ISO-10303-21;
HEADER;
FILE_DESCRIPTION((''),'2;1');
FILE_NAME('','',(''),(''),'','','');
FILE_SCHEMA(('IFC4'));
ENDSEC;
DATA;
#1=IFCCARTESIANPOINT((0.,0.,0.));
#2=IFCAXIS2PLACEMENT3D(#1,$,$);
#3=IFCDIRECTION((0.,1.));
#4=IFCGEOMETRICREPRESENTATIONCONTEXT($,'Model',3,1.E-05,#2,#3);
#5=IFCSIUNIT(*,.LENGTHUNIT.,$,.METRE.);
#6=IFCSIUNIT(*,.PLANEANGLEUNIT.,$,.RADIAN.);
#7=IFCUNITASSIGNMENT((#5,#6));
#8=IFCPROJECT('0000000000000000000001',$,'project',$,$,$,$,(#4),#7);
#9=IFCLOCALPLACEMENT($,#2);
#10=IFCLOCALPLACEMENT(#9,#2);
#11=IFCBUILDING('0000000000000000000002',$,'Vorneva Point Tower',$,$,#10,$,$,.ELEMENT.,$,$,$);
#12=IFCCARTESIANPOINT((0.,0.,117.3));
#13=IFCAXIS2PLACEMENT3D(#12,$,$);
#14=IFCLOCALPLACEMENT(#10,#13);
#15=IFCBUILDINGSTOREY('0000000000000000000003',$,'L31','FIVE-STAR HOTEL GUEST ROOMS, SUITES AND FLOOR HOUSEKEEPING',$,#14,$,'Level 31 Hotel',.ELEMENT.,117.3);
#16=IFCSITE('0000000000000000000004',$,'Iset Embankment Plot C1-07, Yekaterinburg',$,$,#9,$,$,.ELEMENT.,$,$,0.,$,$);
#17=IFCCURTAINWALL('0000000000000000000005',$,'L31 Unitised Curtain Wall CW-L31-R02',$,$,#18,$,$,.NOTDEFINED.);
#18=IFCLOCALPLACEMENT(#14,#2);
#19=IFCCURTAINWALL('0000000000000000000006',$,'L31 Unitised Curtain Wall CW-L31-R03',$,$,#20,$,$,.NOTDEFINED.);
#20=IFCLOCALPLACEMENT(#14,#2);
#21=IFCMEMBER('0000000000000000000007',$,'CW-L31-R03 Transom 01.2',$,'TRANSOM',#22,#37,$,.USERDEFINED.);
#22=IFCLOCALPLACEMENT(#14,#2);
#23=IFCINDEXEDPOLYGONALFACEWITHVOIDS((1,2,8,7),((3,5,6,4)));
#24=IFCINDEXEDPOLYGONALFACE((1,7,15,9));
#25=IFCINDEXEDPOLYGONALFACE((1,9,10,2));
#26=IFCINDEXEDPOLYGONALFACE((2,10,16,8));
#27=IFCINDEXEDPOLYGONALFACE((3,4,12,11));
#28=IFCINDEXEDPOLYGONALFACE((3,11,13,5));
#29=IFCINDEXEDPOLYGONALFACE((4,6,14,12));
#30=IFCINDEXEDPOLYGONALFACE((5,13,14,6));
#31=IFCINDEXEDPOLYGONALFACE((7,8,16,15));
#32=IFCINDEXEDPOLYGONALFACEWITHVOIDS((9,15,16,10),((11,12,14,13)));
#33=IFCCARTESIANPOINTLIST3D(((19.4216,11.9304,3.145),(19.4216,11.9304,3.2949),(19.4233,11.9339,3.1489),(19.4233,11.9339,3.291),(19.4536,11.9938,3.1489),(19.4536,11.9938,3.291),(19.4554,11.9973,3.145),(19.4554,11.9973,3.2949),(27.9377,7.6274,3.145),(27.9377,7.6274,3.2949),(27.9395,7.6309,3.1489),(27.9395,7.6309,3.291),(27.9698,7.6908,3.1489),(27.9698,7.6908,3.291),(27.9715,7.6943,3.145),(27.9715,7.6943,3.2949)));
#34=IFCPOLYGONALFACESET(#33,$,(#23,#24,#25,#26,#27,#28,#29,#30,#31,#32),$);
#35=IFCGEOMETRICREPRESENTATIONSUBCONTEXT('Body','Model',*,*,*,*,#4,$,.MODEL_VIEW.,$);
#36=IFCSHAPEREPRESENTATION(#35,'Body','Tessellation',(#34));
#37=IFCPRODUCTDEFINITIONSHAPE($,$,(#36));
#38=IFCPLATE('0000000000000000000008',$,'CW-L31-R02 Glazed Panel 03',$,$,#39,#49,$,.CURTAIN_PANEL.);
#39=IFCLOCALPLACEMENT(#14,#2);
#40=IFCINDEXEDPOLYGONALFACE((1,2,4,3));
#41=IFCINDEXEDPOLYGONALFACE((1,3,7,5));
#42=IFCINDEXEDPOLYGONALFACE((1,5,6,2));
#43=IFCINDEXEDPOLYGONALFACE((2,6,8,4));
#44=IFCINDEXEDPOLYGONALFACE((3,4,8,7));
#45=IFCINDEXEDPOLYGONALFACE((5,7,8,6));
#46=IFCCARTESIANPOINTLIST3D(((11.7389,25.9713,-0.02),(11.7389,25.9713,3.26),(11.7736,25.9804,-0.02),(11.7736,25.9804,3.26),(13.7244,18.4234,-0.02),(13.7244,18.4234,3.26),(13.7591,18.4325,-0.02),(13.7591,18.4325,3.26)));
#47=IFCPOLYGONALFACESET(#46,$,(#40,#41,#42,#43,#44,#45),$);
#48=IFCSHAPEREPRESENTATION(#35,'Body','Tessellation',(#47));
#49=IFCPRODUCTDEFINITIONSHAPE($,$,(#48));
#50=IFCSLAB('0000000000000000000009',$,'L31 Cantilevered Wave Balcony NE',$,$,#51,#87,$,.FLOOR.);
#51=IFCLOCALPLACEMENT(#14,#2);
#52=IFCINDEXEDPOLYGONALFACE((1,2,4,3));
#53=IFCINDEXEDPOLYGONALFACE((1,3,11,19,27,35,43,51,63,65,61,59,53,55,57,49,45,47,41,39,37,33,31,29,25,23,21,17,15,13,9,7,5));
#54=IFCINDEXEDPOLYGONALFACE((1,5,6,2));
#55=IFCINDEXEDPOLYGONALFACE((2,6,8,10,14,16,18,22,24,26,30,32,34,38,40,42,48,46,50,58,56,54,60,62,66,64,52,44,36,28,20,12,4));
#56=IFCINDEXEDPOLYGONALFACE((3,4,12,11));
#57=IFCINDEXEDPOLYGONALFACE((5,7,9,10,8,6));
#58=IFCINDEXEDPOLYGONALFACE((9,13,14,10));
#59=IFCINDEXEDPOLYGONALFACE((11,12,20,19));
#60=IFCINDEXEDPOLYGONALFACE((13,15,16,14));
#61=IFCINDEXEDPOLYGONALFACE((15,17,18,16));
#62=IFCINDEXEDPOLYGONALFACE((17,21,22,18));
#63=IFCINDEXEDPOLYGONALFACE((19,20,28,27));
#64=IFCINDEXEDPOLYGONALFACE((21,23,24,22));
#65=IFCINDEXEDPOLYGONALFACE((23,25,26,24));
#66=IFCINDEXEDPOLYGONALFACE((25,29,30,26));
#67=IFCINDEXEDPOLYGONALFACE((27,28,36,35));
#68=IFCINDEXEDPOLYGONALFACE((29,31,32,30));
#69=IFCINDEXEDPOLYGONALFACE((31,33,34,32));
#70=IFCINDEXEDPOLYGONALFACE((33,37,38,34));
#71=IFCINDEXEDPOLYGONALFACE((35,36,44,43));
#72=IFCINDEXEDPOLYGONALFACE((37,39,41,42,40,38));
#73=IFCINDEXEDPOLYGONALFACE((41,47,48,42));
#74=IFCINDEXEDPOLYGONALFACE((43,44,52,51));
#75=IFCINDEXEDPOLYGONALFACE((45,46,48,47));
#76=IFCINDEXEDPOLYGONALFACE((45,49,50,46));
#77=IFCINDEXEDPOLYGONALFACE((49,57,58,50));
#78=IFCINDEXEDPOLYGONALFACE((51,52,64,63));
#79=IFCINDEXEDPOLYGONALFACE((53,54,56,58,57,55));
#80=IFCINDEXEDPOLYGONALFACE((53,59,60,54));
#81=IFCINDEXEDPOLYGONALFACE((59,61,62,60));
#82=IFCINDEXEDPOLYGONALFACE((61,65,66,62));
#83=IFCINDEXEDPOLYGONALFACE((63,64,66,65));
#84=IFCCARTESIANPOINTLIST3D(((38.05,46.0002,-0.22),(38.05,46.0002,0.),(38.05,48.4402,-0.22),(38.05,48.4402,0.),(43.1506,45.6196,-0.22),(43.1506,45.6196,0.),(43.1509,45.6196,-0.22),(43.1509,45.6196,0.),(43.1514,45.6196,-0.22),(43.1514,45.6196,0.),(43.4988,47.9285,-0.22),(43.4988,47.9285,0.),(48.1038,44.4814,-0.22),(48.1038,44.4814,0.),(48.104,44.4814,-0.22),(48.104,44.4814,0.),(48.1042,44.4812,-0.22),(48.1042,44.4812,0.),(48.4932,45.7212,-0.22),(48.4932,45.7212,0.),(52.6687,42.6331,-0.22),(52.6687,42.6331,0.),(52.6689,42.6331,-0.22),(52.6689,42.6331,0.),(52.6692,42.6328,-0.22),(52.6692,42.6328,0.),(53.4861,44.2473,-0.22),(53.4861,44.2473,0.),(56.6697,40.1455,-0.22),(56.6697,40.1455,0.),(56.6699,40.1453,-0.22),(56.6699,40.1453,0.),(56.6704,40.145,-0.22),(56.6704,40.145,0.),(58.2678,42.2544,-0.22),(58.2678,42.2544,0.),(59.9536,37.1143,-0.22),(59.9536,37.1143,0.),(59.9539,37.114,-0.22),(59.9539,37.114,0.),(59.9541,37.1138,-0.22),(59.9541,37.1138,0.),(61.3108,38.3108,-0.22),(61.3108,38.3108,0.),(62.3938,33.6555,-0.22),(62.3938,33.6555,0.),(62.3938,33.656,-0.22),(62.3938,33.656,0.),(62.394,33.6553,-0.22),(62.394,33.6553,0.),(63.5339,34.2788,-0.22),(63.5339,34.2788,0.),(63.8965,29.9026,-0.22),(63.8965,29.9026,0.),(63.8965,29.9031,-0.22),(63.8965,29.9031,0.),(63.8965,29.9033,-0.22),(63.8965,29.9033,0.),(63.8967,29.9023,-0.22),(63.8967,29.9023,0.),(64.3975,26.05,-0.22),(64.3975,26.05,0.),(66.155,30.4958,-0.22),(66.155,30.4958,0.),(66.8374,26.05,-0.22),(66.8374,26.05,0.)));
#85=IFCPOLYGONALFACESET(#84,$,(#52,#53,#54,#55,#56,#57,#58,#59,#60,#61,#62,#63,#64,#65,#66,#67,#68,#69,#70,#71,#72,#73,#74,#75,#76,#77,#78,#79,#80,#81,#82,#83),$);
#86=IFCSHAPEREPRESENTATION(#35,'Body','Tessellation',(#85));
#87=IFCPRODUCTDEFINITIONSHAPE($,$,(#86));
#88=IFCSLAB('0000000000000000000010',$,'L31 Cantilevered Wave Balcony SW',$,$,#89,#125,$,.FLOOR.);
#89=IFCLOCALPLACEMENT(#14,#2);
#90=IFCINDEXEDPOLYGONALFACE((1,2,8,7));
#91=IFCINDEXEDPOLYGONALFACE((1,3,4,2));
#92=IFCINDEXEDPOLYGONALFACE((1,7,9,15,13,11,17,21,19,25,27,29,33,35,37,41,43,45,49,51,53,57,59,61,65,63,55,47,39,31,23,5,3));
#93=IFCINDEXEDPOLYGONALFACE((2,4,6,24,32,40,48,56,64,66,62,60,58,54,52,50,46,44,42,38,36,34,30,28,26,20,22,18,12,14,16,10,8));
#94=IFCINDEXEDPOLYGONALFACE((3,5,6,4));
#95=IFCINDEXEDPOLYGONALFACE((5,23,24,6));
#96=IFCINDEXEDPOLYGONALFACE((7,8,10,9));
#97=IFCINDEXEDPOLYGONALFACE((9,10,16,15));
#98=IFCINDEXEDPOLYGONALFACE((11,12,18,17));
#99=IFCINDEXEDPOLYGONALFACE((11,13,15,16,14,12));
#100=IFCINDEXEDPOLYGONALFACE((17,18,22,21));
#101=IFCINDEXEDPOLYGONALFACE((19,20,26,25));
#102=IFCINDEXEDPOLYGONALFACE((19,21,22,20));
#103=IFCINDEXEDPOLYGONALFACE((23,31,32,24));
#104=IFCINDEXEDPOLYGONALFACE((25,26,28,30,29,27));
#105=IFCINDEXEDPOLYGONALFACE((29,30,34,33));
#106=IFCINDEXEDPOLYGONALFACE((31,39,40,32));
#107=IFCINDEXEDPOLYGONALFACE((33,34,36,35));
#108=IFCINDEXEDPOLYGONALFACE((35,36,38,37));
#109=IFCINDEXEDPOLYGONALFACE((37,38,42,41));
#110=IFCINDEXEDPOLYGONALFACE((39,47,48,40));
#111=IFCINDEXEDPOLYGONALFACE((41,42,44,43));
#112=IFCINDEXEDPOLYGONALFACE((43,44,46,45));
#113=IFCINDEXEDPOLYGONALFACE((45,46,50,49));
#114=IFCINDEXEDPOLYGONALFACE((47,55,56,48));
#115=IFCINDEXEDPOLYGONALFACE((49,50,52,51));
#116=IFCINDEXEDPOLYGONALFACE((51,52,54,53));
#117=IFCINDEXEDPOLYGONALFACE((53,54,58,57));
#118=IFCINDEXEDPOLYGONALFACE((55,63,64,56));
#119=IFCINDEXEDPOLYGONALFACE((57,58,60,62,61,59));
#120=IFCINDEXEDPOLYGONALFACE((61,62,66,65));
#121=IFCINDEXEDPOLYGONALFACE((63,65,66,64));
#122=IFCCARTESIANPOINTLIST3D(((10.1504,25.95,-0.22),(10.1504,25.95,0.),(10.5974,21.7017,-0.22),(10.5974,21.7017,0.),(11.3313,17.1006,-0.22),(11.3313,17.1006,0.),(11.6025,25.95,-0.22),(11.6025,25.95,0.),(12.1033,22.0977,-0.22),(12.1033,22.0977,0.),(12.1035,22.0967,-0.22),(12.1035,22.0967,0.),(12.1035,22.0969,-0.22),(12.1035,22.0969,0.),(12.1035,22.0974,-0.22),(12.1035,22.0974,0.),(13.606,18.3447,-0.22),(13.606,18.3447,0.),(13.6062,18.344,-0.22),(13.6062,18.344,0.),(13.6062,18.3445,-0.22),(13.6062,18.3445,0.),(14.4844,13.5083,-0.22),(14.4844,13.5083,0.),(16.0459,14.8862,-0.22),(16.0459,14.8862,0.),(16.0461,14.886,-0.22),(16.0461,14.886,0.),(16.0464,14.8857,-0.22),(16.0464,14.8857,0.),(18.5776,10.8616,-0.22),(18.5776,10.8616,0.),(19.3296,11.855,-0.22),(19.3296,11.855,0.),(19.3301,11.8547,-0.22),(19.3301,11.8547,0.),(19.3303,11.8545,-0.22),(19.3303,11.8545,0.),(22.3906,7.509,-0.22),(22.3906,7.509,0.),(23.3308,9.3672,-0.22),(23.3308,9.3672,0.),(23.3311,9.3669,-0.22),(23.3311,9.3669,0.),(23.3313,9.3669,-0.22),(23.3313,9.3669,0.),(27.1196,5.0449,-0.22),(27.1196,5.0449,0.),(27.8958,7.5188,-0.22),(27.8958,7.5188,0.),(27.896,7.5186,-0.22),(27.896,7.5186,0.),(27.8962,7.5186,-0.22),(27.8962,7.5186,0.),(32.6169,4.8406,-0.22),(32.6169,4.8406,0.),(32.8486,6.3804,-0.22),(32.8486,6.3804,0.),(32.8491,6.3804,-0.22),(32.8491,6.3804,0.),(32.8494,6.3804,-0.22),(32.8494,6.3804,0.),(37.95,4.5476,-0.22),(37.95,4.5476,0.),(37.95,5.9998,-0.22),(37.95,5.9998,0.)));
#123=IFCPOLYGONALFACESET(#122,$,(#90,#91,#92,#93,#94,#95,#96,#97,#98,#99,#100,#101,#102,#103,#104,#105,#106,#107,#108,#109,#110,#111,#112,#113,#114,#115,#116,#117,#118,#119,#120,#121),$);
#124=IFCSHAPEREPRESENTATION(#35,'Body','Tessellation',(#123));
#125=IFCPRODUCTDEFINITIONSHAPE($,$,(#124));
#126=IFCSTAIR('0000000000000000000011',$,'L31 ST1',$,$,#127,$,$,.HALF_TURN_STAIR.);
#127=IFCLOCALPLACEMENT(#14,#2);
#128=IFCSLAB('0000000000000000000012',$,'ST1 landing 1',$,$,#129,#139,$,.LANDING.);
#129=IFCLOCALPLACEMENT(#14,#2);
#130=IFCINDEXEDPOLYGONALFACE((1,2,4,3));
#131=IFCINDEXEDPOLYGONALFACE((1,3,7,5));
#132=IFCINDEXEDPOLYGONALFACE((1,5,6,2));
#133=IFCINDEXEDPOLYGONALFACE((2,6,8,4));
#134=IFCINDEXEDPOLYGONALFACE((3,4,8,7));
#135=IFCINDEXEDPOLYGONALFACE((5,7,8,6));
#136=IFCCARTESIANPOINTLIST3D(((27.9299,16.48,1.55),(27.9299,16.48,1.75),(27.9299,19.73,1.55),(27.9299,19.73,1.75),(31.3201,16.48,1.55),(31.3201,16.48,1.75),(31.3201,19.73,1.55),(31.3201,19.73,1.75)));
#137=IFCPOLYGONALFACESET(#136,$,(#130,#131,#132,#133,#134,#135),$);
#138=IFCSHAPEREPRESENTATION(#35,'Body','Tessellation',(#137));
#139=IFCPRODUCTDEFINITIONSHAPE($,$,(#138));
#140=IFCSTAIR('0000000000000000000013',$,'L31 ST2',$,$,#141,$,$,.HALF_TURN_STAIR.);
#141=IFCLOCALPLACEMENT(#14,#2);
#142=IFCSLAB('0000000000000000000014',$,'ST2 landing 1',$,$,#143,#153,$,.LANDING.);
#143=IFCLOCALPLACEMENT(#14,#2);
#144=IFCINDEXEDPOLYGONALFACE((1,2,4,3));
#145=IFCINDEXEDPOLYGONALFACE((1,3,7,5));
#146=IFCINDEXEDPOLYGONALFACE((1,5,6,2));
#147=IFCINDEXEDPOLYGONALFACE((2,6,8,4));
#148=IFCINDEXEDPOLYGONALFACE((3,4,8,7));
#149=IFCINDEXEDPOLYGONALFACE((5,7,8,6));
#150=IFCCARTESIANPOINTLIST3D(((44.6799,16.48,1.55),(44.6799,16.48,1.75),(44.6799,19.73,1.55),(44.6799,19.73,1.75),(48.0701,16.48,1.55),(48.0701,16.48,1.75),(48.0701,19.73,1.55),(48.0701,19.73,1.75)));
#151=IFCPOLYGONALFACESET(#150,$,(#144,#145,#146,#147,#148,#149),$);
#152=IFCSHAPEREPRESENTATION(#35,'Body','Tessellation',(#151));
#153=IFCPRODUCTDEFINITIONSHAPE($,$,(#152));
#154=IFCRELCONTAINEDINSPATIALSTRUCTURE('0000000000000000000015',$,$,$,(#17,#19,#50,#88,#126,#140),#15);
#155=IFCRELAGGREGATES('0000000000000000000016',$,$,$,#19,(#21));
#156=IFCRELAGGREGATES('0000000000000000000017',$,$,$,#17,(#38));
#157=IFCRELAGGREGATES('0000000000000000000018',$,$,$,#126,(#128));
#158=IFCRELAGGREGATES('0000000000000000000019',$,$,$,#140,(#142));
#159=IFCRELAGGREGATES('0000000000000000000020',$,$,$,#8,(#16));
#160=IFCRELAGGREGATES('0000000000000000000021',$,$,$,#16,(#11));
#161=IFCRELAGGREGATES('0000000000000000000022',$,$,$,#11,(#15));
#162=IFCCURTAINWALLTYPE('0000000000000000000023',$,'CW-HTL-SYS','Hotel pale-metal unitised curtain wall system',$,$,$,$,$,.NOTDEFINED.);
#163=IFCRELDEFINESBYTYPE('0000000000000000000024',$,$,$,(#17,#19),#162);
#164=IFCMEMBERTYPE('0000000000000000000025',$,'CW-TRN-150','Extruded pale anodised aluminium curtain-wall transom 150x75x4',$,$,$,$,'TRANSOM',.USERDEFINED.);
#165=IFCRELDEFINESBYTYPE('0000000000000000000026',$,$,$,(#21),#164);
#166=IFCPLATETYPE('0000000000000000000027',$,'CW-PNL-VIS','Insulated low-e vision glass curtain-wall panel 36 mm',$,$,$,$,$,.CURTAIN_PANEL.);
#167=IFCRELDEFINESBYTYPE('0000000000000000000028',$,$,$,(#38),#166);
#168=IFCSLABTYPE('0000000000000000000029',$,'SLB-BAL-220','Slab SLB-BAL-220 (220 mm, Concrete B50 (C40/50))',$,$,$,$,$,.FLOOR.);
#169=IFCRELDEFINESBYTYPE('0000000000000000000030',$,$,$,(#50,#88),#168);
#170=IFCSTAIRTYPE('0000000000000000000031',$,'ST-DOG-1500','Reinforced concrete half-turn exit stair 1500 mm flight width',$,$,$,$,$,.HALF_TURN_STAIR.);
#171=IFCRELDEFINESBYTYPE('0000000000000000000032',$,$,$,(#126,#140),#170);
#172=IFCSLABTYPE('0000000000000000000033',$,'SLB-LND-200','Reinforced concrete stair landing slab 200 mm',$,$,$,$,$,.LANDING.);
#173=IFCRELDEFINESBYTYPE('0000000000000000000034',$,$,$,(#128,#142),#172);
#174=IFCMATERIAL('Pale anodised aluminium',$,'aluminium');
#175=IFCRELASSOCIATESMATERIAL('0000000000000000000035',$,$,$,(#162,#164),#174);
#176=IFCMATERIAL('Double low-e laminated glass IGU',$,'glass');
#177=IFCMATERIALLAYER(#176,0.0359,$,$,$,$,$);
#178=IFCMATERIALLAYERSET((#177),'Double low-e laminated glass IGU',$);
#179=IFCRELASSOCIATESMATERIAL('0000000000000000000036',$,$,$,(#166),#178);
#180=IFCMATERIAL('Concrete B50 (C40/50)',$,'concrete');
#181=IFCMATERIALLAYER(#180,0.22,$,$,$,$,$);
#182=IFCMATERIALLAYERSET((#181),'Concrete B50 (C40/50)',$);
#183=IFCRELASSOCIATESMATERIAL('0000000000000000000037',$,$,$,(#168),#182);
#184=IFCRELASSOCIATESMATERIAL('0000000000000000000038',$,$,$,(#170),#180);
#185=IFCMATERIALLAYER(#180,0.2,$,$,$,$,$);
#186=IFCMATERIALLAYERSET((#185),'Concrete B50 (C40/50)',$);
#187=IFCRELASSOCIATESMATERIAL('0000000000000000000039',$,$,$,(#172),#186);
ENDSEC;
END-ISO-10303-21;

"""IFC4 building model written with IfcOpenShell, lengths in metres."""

from ifc_helpers import new_model, si_unit, direction, frame, origin, origin_2d, place, context, subcontext, project, spatial, polyline, rectangle, hollow_rectangle, outline, extrude, material, layer, layer_set, material_profile, profile_set, type_object, element, aggregate, save


model = new_model("IFC4")

# Units and contexts
model_context = context("Model", 3, precision=1e-05, world=origin(), true_north=direction((0.0, 1.0)))
body_context = subcontext(model_context, "Body", "Model", "MODEL_VIEW")
ifc_project = project(units=[si_unit("LENGTHUNIT", "METRE"), si_unit("PLANEANGLEUNIT", "RADIAN")], contexts=[model_context])

# Site, building, storey
site_placement = place(None, origin())
site = spatial("IfcSite", under=ifc_project, at=site_placement, Name="Iset Embankment Plot C1-07, Yekaterinburg", CompositionType="ELEMENT", RefElevation=0.0)
building_placement = place(site_placement, origin())
building = spatial("IfcBuilding", under=site, at=building_placement, Name="Vorneva Point Tower", CompositionType="ELEMENT")
storey_placement = place(building_placement, frame((0.0, 0.0, 117.3)))
storey = spatial("IfcBuildingStorey", under=building, at=storey_placement, Name="L31", Description="FIVE-STAR HOTEL GUEST ROOMS, SUITES AND FLOOR HOUSEKEEPING", LongName="Level 31 Hotel", CompositionType="ELEMENT", Elevation=117.3)

# Curtain wall
ifc_material_1 = material(Name="Pale anodised aluminium", Category="aluminium")
curtain_wall_type = type_object("IfcCurtainWallType", Name="CW-HTL-SYS", Description="Hotel pale-metal unitised curtain wall system", PredefinedType="NOTDEFINED", material=ifc_material_1)
curtain_wall_1_placement = place(storey_placement, origin())
curtain_wall_1 = element("IfcCurtainWall", 1, at=curtain_wall_1_placement, inside=storey, type_object=curtain_wall_type, Name="L31 Unitised Curtain Wall CW-L31-R02", PredefinedType="NOTDEFINED")

# Curtain wall
curtain_wall_2_placement = place(storey_placement, origin())
curtain_wall_2 = element("IfcCurtainWall", 2, at=curtain_wall_2_placement, inside=storey, type_object=curtain_wall_type, Name="L31 Unitised Curtain Wall CW-L31-R03", PredefinedType="NOTDEFINED")

# Member
ifc_material_profile_1 = material_profile(ifc_material_1, hollow_rectangle(XDim=0.075, YDim=0.1499, WallThickness=0.0039, at=origin_2d()), Name="AL-TRN 150x75x4")
ifc_profile_set_1 = profile_set([ifc_material_profile_1], Name="Pale anodised aluminium")
member_type_1 = type_object("IfcMemberType", Name="CW-TRN-150", Description="Extruded pale anodised aluminium curtain-wall transom 150x75x4", ElementType="TRANSOM", PredefinedType="USERDEFINED", material=ifc_profile_set_1)
member_1_placement = place(storey_placement, frame((19.4385, 11.9639, 3.22), z_axis=(0.892536, -0.450976, 0.0), x_axis=(0.450976, 0.892536, 0.0)))
member_1 = element("IfcMember", 3, at=member_1_placement, type_object=member_type_1, Name="CW-L31-R03 Transom 01.2", ObjectType="TRANSOM", PredefinedType="USERDEFINED", context=body_context, shape_type="SweptSolid", body=[
    extrude(hollow_rectangle(XDim=0.075, YDim=0.1499, WallThickness=0.0039, at=origin_2d()), origin(), (0.0, 0.0, 1.0), 9.5415),
])
aggregate(curtain_wall_2, [member_1])

# Plate
ifc_material_2 = material(Name="Double low-e laminated glass IGU", Category="glass")
ifc_layer_1 = layer(ifc_material_2, 0.0359)
ifc_layer_set_1 = layer_set([ifc_layer_1], Name="Double low-e laminated glass IGU")
plate_type = type_object("IfcPlateType", Name="CW-PNL-VIS", Description="Insulated low-e vision glass curtain-wall panel 36 mm", PredefinedType="CURTAIN_PANEL", material=ifc_layer_set_1)
plate_placement = place(storey_placement, frame((12.749, 22.2019, -0.02), z_axis=(0.0, 0.0, 1.0), x_axis=(0.254399, -0.967099, 0.0)))
plate = element("IfcPlate", 4, at=plate_placement, type_object=plate_type, Name="CW-L31-R02 Glazed Panel 03", PredefinedType="CURTAIN_PANEL", context=body_context, shape_type="SweptSolid", body=[
    extrude(rectangle(XDim=7.8047, YDim=0.0359, at=origin_2d()), origin(), (0.0, 0.0, 1.0), 3.28),
])
aggregate(curtain_wall_1, [plate])

# Slabs
ifc_material_3 = material(Name="Concrete B50 (C40/50)", Category="concrete")
ifc_layer_2 = layer(ifc_material_3, 0.22)
ifc_layer_set_2 = layer_set([ifc_layer_2], Name="Concrete B50 (C40/50)")
slab_type_1 = type_object("IfcSlabType", Name="SLB-BAL-220", Description="Slab SLB-BAL-220 (220 mm, Concrete B50 (C40/50))", PredefinedType="FLOOR", material=ifc_layer_set_2)
slab_1_placement = place(storey_placement, frame((0.0, 0.0, -0.22)))
element("IfcSlab", 5, at=slab_1_placement, inside=storey, type_object=slab_type_1, Name="L31 Cantilevered Wave Balcony NE", PredefinedType="FLOOR", context=body_context, shape_type="SweptSolid", body=[
    extrude(outline(polyline([(38.05, 48.4402), (38.05, 46.0002), (43.1506, 45.6196), (43.1509, 45.6196), (43.1514, 45.6196), (48.1038, 44.4814), (48.104, 44.4814), (48.1042, 44.4812), (52.6687, 42.6331), (52.6689, 42.6331), (52.6692, 42.6328), (56.6697, 40.1455), (56.6699, 40.1453), (56.6704, 40.145), (59.9536, 37.1143), (59.9539, 37.114), (59.9541, 37.1138), (62.3938, 33.656), (62.3938, 33.6555), (62.394, 33.6553), (63.8965, 29.9033), (63.8965, 29.9031), (63.8965, 29.9026), (63.8967, 29.9023), (64.3975, 26.05), (66.8374, 26.05), (66.155, 30.4958), (63.5339, 34.2788), (61.3108, 38.3108), (58.2678, 42.2544), (53.4861, 44.2473), (48.4932, 45.7212), (43.4988, 47.9285), (38.05, 48.4402)])), origin(), (0.0, 0.0, 1.0), 0.22),
])
slab_2_placement = place(storey_placement, frame((0.0, 0.0, -0.22)))
element("IfcSlab", 6, at=slab_2_placement, inside=storey, type_object=slab_type_1, Name="L31 Cantilevered Wave Balcony SW", PredefinedType="FLOOR", context=body_context, shape_type="SweptSolid", body=[
    extrude(outline(polyline([(37.95, 4.5476), (37.95, 5.9998), (32.8494, 6.3804), (32.8491, 6.3804), (32.8486, 6.3804), (27.8962, 7.5186), (27.896, 7.5186), (27.8958, 7.5188), (23.3313, 9.3669), (23.3311, 9.3669), (23.3308, 9.3672), (19.3303, 11.8545), (19.3301, 11.8547), (19.3296, 11.855), (16.0464, 14.8857), (16.0461, 14.886), (16.0459, 14.8862), (13.6062, 18.344), (13.6062, 18.3445), (13.606, 18.3447), (12.1035, 22.0967), (12.1035, 22.0969), (12.1035, 22.0974), (12.1033, 22.0977), (11.6025, 25.95), (10.1504, 25.95), (10.5974, 21.7017), (11.3313, 17.1006), (14.4844, 13.5083), (18.5776, 10.8616), (22.3906, 7.509), (27.1196, 5.0449), (32.6169, 4.8406), (37.95, 4.5476)])), origin(), (0.0, 0.0, 1.0), 0.22),
])

# Stairs, slabs
stair_type = type_object("IfcStairType", Name="ST-DOG-1500", Description="Reinforced concrete half-turn exit stair 1500 mm flight width", PredefinedType="HALF_TURN_STAIR", material=ifc_material_3)
stair_1_placement = place(storey_placement, origin())
stair_1 = element("IfcStair", 7, at=stair_1_placement, inside=storey, type_object=stair_type, Name="L31 ST1", PredefinedType="HALF_TURN_STAIR")
ifc_layer_3 = layer(ifc_material_3, 0.2)
ifc_layer_set_3 = layer_set([ifc_layer_3], Name="Concrete B50 (C40/50)")
slab_type_2 = type_object("IfcSlabType", Name="SLB-LND-200", Description="Reinforced concrete stair landing slab 200 mm", PredefinedType="LANDING", material=ifc_layer_set_3)
slab_3_placement = place(storey_placement, frame((0.0, 0.0, 1.55)))
slab_3 = element("IfcSlab", 8, at=slab_3_placement, type_object=slab_type_2, Name="ST1 landing 1", PredefinedType="LANDING", context=body_context, shape_type="SweptSolid", body=[
    extrude(outline(polyline([(27.9299, 16.48), (31.3201, 16.48), (31.3201, 19.73), (27.9299, 19.73), (27.9299, 16.48)])), origin(), (0.0, 0.0, 1.0), 0.2),
])
aggregate(stair_1, [slab_3])
stair_2_placement = place(storey_placement, origin())
stair_2 = element("IfcStair", 9, at=stair_2_placement, inside=storey, type_object=stair_type, Name="L31 ST2", PredefinedType="HALF_TURN_STAIR")
slab_4_placement = place(storey_placement, frame((0.0, 0.0, 1.55)))
slab_4 = element("IfcSlab", 10, at=slab_4_placement, type_object=slab_type_2, Name="ST2 landing 1", PredefinedType="LANDING", context=body_context, shape_type="SweptSolid", body=[
    extrude(outline(polyline([(44.6799, 16.48), (48.0701, 16.48), (48.0701, 19.73), (44.6799, 19.73), (44.6799, 16.48)])), origin(), (0.0, 0.0, 1.0), 0.2),
])
aggregate(stair_2, [slab_4])

save(model, "model.ifc")
